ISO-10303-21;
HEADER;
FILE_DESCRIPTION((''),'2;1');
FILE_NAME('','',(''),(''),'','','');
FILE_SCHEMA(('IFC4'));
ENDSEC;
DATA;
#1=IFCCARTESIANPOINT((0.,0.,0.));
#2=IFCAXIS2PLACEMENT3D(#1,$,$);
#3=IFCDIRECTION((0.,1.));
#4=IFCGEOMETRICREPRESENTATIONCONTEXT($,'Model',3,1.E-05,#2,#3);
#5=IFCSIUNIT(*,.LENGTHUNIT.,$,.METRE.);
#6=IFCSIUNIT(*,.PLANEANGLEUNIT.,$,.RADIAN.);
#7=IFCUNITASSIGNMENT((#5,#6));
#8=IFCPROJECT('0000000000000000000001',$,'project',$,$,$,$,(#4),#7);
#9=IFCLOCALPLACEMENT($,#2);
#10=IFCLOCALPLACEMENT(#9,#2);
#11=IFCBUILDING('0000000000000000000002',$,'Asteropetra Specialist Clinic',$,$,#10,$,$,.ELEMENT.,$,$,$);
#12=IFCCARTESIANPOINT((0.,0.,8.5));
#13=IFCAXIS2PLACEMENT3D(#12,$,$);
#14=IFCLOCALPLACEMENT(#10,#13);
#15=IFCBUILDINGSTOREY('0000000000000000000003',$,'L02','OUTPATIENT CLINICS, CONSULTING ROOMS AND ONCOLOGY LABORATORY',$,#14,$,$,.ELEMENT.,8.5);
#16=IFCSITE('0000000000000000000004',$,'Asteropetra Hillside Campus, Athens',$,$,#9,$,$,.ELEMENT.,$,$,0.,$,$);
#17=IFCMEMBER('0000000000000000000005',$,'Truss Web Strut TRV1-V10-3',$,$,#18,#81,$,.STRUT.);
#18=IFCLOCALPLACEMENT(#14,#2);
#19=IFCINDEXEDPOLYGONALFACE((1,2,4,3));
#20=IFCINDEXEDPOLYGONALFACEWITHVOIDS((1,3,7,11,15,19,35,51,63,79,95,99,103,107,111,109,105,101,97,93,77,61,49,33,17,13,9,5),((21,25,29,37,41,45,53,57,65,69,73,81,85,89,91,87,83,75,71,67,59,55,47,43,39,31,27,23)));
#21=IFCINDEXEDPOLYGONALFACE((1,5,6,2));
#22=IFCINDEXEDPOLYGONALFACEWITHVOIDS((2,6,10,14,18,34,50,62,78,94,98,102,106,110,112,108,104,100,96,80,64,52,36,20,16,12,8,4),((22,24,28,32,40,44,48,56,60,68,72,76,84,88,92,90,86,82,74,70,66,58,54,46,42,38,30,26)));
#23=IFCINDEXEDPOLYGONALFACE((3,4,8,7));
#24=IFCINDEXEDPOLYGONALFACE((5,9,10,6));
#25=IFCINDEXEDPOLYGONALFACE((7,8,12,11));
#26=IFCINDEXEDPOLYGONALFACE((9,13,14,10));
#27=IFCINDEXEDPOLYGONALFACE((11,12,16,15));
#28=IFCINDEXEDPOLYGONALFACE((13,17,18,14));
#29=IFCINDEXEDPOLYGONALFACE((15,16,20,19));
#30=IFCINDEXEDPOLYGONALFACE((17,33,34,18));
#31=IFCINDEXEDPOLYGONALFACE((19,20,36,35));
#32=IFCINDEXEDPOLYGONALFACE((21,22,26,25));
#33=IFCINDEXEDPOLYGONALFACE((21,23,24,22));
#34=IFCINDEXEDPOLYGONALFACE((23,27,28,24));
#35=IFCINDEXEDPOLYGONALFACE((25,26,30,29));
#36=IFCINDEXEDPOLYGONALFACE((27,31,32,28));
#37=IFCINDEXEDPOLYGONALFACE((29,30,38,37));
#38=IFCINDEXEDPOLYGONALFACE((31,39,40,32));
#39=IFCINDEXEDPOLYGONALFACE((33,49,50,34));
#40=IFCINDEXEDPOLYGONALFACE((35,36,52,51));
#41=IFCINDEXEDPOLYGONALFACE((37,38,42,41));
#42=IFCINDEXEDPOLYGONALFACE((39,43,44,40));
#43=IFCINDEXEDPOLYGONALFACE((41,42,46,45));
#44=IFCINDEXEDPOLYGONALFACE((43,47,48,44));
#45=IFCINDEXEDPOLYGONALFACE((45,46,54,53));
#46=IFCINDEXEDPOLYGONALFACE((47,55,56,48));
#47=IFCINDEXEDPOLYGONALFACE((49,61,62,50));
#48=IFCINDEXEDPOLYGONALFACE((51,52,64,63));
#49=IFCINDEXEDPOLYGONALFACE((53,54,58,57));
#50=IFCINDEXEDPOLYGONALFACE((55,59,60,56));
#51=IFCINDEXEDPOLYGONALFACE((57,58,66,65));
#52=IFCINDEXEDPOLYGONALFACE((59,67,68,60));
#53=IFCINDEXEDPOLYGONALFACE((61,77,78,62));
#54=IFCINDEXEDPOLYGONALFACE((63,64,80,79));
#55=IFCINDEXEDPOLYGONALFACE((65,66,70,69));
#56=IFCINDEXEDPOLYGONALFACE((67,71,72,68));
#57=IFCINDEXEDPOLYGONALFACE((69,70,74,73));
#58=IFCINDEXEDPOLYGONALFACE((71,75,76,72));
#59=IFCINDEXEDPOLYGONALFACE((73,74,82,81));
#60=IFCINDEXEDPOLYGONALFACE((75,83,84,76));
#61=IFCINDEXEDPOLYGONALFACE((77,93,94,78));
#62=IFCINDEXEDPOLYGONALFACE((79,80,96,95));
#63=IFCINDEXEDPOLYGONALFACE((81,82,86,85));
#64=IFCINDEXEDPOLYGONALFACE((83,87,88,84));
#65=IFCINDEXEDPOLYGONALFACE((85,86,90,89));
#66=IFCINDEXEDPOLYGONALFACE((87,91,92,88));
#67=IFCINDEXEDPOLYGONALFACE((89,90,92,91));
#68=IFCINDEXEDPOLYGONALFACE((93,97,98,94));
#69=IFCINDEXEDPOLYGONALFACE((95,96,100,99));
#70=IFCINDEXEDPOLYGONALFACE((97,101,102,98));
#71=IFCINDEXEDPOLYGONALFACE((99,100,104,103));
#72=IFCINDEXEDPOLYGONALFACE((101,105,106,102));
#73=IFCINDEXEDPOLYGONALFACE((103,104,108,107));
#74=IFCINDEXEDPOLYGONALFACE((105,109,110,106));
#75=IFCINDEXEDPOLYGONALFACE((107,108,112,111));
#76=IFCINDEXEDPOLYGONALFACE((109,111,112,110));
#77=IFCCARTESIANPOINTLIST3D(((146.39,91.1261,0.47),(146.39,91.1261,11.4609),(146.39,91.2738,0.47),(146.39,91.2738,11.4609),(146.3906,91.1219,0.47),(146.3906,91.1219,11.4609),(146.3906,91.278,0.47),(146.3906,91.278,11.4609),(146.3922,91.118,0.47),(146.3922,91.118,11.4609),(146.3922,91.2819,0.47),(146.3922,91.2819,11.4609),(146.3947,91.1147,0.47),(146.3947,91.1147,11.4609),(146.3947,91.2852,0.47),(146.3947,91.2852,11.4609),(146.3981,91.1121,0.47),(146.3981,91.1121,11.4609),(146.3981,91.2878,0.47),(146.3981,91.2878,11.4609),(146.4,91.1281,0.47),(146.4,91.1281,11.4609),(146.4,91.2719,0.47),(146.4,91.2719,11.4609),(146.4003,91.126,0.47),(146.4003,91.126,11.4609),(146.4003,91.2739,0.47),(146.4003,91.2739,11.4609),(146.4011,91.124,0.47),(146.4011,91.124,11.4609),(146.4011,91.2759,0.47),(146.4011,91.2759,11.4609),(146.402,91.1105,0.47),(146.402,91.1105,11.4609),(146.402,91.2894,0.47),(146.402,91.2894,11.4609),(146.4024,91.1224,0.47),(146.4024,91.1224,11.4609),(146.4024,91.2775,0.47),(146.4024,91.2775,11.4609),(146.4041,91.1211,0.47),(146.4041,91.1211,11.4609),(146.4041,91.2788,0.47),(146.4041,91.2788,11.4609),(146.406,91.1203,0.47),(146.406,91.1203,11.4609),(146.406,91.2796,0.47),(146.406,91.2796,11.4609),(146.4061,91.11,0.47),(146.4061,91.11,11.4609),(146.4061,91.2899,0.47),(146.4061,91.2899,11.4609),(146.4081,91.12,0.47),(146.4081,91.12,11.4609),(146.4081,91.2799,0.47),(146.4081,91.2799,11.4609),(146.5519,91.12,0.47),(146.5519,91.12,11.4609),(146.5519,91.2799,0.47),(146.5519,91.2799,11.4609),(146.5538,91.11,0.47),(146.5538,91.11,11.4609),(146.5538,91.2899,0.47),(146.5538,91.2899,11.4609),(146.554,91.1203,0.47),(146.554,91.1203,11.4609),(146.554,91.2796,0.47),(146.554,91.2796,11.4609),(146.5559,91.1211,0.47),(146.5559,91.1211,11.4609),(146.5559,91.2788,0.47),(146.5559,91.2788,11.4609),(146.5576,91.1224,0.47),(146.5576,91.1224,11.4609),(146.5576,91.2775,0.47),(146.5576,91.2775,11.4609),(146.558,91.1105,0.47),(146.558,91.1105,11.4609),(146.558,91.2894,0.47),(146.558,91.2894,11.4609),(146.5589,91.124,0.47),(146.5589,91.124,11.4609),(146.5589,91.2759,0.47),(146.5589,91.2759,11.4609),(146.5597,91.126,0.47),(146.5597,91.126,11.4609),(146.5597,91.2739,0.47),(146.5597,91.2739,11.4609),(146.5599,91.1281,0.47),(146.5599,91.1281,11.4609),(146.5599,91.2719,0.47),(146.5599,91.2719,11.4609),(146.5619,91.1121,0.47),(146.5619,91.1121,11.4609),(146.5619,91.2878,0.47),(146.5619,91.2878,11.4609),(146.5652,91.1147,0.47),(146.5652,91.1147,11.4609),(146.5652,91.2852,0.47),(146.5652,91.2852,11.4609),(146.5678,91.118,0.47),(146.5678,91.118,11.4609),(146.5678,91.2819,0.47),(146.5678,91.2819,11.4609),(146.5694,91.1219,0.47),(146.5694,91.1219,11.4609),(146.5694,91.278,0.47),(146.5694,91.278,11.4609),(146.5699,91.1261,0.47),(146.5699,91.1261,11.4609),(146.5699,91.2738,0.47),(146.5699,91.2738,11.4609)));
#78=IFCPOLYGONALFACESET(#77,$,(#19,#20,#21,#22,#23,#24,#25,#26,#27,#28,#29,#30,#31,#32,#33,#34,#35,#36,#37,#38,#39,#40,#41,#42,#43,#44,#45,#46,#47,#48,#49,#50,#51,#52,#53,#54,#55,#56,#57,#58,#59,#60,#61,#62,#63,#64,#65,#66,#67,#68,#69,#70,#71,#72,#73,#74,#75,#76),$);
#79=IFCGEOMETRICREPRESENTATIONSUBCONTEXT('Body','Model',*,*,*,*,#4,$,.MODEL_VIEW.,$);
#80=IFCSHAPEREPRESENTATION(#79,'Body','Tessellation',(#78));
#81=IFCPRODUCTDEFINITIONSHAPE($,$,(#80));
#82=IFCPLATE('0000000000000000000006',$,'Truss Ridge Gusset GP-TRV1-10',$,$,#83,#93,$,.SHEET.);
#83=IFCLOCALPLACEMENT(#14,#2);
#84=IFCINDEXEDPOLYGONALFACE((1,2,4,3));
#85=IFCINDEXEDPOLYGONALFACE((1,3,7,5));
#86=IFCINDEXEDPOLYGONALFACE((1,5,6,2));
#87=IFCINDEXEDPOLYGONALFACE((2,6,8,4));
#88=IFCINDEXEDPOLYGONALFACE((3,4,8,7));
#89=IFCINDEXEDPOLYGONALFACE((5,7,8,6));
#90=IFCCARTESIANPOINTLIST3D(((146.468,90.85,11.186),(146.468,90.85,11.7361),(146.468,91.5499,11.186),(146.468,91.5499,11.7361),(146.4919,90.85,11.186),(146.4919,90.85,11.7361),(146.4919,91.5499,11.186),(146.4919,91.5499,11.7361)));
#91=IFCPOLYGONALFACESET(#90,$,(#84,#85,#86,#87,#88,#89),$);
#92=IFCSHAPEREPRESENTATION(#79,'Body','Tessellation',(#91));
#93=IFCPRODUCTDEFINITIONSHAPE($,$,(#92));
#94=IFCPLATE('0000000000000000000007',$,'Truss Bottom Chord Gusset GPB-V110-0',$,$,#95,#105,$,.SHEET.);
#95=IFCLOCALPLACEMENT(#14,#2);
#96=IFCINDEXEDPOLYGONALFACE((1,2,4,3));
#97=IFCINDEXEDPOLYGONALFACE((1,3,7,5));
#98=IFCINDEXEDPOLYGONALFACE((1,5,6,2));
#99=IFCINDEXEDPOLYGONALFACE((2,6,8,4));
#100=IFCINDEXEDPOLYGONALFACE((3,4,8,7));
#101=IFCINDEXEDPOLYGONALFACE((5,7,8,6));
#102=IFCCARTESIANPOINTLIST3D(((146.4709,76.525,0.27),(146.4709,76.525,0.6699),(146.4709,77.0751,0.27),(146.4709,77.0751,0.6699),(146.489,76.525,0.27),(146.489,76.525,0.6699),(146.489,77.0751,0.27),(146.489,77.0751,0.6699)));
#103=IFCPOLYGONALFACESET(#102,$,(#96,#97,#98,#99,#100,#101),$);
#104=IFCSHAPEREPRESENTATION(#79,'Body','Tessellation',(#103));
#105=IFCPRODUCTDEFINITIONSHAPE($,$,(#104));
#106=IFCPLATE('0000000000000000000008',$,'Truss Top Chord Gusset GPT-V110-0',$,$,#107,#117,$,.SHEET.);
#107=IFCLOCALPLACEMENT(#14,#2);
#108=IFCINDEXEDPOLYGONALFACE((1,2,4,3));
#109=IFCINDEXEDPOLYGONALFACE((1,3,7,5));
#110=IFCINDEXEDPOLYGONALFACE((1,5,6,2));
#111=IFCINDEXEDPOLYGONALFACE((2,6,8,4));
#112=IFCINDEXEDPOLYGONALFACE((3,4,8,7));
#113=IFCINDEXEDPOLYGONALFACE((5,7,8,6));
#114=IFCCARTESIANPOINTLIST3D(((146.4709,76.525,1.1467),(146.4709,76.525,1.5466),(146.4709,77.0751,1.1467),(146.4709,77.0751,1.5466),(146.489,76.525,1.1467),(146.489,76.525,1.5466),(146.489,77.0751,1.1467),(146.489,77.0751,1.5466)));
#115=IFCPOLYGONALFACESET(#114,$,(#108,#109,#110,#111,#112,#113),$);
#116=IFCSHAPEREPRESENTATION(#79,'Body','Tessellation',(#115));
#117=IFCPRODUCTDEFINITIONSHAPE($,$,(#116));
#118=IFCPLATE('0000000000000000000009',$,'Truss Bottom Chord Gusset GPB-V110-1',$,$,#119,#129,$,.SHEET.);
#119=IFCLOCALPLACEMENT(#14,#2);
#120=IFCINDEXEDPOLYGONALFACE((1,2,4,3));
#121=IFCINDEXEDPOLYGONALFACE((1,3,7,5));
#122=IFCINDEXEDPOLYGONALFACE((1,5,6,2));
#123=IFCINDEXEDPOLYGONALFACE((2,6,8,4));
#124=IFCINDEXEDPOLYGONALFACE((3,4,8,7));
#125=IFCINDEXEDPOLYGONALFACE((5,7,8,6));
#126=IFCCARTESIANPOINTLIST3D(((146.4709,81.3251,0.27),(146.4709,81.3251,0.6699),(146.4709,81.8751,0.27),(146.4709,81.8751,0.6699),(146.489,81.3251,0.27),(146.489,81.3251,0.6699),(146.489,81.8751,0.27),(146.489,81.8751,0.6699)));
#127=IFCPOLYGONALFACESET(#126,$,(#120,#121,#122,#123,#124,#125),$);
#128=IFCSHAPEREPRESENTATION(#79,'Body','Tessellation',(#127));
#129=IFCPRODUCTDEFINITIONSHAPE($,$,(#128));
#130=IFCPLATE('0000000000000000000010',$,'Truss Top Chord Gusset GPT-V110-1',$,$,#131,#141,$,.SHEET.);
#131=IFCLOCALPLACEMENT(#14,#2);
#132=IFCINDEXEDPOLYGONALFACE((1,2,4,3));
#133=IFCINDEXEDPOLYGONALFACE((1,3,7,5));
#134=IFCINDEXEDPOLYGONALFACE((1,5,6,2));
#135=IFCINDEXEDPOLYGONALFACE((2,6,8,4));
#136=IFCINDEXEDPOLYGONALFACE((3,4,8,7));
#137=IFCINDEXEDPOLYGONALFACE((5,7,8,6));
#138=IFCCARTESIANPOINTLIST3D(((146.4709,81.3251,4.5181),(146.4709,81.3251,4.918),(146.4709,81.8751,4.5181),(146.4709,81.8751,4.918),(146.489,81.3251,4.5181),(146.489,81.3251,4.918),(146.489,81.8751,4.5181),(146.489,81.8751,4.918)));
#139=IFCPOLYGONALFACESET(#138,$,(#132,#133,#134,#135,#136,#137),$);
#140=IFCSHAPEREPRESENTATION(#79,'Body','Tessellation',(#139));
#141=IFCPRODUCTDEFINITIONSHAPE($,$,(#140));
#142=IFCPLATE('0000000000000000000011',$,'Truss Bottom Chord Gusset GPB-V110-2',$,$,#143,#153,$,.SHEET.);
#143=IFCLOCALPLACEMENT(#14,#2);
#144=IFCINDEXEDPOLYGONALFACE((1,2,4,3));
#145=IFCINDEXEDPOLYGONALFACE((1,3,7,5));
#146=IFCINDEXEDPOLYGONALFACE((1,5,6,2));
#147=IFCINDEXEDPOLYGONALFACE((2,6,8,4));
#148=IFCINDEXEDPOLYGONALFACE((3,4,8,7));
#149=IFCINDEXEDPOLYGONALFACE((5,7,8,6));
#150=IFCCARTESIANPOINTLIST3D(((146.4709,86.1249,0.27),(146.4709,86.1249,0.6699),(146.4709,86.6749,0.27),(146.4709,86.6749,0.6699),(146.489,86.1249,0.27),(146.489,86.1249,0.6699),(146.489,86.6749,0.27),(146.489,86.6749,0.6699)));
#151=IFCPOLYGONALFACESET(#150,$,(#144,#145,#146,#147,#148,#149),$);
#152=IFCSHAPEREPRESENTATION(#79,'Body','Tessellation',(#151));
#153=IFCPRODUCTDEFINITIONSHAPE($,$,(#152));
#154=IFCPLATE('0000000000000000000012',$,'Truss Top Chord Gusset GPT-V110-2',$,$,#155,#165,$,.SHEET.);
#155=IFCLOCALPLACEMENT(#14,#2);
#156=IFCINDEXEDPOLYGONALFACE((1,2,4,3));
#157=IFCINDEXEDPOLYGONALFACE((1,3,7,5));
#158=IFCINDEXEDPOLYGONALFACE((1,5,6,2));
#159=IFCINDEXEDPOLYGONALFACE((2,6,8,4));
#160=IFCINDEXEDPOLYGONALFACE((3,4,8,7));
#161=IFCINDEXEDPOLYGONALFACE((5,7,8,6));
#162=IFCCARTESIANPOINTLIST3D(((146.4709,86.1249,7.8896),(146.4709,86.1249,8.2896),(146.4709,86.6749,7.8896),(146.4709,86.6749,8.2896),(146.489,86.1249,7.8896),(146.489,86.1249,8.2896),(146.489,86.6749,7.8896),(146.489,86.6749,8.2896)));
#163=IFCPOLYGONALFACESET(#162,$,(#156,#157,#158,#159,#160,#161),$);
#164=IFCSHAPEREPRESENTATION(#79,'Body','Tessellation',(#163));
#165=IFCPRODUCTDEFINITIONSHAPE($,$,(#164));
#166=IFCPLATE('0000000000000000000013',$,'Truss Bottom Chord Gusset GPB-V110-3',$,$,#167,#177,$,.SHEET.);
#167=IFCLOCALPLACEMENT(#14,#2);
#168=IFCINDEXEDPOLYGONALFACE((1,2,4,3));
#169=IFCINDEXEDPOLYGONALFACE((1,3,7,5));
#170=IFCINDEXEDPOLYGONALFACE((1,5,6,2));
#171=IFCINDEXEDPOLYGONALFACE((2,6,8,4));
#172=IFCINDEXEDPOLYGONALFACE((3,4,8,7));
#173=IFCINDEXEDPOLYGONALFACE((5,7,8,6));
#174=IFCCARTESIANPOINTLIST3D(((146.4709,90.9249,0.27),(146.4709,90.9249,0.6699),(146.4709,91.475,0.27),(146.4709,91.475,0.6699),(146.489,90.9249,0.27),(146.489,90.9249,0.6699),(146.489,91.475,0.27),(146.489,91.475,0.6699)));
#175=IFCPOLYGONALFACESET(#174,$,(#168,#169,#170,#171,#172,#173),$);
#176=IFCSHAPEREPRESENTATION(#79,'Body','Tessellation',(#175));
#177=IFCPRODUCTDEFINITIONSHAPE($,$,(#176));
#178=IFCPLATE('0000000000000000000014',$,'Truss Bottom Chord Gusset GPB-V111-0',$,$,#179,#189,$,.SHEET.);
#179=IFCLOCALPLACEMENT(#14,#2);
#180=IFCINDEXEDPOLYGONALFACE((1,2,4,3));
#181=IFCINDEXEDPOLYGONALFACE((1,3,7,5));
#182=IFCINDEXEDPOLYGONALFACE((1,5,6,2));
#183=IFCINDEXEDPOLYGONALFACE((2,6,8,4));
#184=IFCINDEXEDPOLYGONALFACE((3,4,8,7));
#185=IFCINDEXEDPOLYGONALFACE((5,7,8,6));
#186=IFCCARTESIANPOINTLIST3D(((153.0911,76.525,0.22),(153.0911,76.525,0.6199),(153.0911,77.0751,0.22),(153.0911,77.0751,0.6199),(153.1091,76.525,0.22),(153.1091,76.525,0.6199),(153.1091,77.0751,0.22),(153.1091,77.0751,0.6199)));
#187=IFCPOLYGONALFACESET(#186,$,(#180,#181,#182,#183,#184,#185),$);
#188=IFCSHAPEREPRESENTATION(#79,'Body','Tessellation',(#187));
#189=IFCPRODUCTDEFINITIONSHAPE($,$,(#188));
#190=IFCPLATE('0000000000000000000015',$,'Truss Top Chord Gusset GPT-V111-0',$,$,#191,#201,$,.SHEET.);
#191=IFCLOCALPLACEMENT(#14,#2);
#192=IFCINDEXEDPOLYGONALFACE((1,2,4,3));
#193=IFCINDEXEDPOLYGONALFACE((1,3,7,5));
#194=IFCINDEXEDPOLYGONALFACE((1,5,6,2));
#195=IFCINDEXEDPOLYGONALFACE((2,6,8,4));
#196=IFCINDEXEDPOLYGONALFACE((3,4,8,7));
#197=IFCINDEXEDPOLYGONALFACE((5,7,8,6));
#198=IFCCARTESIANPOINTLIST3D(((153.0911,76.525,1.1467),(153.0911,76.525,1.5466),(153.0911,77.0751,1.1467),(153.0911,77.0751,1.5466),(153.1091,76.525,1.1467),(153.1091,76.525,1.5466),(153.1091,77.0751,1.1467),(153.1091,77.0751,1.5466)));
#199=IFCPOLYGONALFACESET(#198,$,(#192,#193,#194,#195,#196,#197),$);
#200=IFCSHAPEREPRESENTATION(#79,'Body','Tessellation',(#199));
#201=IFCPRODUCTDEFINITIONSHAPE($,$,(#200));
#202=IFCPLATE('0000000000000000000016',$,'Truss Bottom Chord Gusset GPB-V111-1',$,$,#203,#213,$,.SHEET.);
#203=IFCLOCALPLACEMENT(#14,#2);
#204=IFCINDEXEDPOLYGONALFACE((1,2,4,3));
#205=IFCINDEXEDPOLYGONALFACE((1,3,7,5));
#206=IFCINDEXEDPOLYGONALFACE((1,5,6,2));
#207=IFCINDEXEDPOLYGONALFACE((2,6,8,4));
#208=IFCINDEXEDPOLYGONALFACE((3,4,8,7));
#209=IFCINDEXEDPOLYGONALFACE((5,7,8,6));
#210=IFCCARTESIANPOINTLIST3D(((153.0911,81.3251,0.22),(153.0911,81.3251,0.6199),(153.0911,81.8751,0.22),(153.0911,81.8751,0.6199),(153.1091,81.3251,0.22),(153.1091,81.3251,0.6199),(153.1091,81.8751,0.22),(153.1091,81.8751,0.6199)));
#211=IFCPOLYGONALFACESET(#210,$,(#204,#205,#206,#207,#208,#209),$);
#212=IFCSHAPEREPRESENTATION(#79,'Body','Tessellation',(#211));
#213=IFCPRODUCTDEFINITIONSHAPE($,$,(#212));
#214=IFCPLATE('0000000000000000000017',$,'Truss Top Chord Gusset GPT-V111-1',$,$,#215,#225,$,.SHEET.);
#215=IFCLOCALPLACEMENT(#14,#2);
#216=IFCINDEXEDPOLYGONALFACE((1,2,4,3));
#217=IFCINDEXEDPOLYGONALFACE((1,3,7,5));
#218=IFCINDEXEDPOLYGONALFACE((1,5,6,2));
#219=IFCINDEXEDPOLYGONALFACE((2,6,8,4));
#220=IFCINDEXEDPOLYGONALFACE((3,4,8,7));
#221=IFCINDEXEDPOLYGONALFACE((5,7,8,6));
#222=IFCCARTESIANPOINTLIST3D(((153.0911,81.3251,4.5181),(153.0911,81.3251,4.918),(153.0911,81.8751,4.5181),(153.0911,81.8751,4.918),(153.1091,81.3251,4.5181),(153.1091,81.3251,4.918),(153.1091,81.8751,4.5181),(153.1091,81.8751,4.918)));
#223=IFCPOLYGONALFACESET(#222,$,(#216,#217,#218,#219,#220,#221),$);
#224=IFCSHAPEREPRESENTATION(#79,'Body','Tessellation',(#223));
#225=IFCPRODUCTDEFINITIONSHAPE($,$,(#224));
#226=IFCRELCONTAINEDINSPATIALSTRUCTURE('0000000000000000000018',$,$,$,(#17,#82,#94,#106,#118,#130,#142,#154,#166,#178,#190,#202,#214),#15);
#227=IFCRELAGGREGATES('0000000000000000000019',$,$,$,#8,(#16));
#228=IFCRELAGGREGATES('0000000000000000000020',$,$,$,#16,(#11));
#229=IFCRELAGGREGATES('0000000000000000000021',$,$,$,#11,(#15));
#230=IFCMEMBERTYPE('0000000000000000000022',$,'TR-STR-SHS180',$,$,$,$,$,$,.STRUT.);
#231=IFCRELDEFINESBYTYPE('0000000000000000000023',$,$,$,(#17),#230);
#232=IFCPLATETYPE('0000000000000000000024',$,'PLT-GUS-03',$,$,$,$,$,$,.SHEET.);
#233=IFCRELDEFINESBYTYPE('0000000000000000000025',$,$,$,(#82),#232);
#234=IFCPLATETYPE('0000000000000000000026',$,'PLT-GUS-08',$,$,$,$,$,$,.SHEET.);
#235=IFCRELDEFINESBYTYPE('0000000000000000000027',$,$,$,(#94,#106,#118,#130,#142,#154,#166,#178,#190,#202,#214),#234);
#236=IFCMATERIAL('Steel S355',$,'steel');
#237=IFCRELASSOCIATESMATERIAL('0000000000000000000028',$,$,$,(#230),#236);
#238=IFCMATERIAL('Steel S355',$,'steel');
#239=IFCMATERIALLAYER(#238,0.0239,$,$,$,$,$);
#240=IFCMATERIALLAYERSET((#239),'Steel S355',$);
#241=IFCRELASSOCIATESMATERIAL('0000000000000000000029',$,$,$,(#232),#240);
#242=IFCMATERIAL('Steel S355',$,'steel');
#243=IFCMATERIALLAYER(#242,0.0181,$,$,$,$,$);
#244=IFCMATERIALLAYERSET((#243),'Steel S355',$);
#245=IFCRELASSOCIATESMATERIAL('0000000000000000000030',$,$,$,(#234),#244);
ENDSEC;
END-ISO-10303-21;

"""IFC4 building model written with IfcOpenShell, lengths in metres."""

from ifc_helpers import new_model, si_unit, direction, frame, origin, origin_2d, place, context, subcontext, project, spatial, rectangle, hollow_rectangle, extrude, material, layer, layer_set, material_profile, profile_set, type_object, element, save


model = new_model("IFC4")

# Units and contexts
model_context = context("Model", 3, precision=1e-05, world=origin(), true_north=direction((0.0, 1.0)))
body_context = subcontext(model_context, "Body", "Model", "MODEL_VIEW")
ifc_project = project(units=[si_unit("LENGTHUNIT", "METRE"), si_unit("PLANEANGLEUNIT", "RADIAN")], contexts=[model_context])

# Site, building, storey
site_placement = place(None, origin())
site = spatial("IfcSite", under=ifc_project, at=site_placement, Name="Asteropetra Hillside Campus, Athens", CompositionType="ELEMENT", RefElevation=0.0)
building_placement = place(site_placement, origin())
building = spatial("IfcBuilding", under=site, at=building_placement, Name="Asteropetra Specialist Clinic", CompositionType="ELEMENT")
storey_placement = place(building_placement, frame((0.0, 0.0, 8.5)))
storey = spatial("IfcBuildingStorey", under=building, at=storey_placement, Name="L02", Description="OUTPATIENT CLINICS, CONSULTING ROOMS AND ONCOLOGY LABORATORY", CompositionType="ELEMENT", Elevation=8.5)

# Member
ifc_material_1 = material(Name="Steel S355", Category="steel")
ifc_material_profile_1 = material_profile(ifc_material_1, hollow_rectangle(XDim=0.1799, YDim=0.1799, WallThickness=0.01, InnerFilletRadius=0.0081, OuterFilletRadius=0.0161, at=origin_2d()), Name="SHS 180x180x10.0")
ifc_profile_set_1 = profile_set([ifc_material_profile_1], Name="Steel S355")
member_type_1 = type_object("IfcMemberType", Name="TR-STR-SHS180", PredefinedType="STRUT", material=ifc_profile_set_1)
member_1_placement = place(storey_placement, frame((146.48, 91.2, 0.47), z_axis=(0.0, 0.0, 1.0), x_axis=(1.0, 0.0, 0.0)))
element("IfcMember", 1, at=member_1_placement, inside=storey, type_object=member_type_1, Name="Truss Web Strut TRV1-V10-3", PredefinedType="STRUT", context=body_context, shape_type="SweptSolid", body=[
    extrude(hollow_rectangle(XDim=0.1799, YDim=0.1799, WallThickness=0.01, InnerFilletRadius=0.0081, OuterFilletRadius=0.0161, at=origin_2d()), origin(), (0.0, 0.0, 1.0), 10.991),
])

# Plates
ifc_material_2 = material(Name="Steel S355", Category="steel")
ifc_layer_1 = layer(ifc_material_2, 0.0239)
ifc_layer_set_1 = layer_set([ifc_layer_1], Name="Steel S355")
plate_type_1 = type_object("IfcPlateType", Name="PLT-GUS-03", PredefinedType="SHEET", material=ifc_layer_set_1)
plate_placement = place(storey_placement, frame((146.48, 91.2, 11.186), z_axis=(0.0, 0.0, 1.0), x_axis=(1.0, 0.0, 0.0)))
element("IfcPlate", 2, at=plate_placement, inside=storey, type_object=plate_type_1, Name="Truss Ridge Gusset GP-TRV1-10", PredefinedType="SHEET", context=body_context, shape_type="SweptSolid", body=[
    extrude(rectangle(XDim=0.0239, YDim=0.7, at=origin_2d()), origin(), (0.0, 0.0, 1.0), 0.55),
])
ifc_material_3 = material(Name="Steel S355", Category="steel")
ifc_layer_2 = layer(ifc_material_3, 0.0181)
ifc_layer_set_2 = layer_set([ifc_layer_2], Name="Steel S355")
plate_type_2 = type_object("IfcPlateType", Name="PLT-GUS-08", PredefinedType="SHEET", material=ifc_layer_set_2)
for number, where, z_axis, x_axis, name in (
    (3, (146.48, 76.8, 0.27), (0.0, 0.0, 1.0), (1.0, 0.0, 0.0), "Truss Bottom Chord Gusset GPB-V110-0"),
    (4, (146.48, 76.8, 1.1467), (0.0, 0.0, 1.0), (1.0, 0.0, 0.0), "Truss Top Chord Gusset GPT-V110-0"),
    (5, (146.48, 81.6001, 0.27), (0.0, 0.0, 1.0), (1.0, 0.0, 0.0), "Truss Bottom Chord Gusset GPB-V110-1"),
    (6, (146.48, 81.6001, 4.5181), (0.0, 0.0, 1.0), (1.0, 0.0, 0.0), "Truss Top Chord Gusset GPT-V110-1"),
    (7, (146.48, 86.3999, 0.27), (0.0, 0.0, 1.0), (1.0, 0.0, 0.0), "Truss Bottom Chord Gusset GPB-V110-2"),
    (8, (146.48, 86.3999, 7.8896), (0.0, 0.0, 1.0), (1.0, 0.0, 0.0), "Truss Top Chord Gusset GPT-V110-2"),
    (9, (146.48, 91.2, 0.27), (0.0, 0.0, 1.0), (1.0, 0.0, 0.0), "Truss Bottom Chord Gusset GPB-V110-3"),
    (10, (153.1001, 76.8, 0.22), (0.0, 0.0, 1.0), (1.0, 0.0, 0.0), "Truss Bottom Chord Gusset GPB-V111-0"),
    (11, (153.1001, 76.8, 1.1467), (0.0, 0.0, 1.0), (1.0, 0.0, 0.0), "Truss Top Chord Gusset GPT-V111-0"),
    (12, (153.1001, 81.6001, 0.22), (0.0, 0.0, 1.0), (1.0, 0.0, 0.0), "Truss Bottom Chord Gusset GPB-V111-1"),
    (13, (153.1001, 81.6001, 4.5181), (0.0, 0.0, 1.0), (1.0, 0.0, 0.0), "Truss Top Chord Gusset GPT-V111-1"),
):
    element("IfcPlate", number, at=place(storey_placement, frame(where, z_axis=z_axis, x_axis=x_axis)), inside=storey, type_object=plate_type_2, Name=name, PredefinedType="SHEET", context=body_context, shape_type="SweptSolid", body=[
        extrude(rectangle(XDim=0.0181, YDim=0.55, at=origin_2d()), origin(), (0.0, 0.0, 1.0), 0.3999),
    ])

save(model, "model.ifc")
